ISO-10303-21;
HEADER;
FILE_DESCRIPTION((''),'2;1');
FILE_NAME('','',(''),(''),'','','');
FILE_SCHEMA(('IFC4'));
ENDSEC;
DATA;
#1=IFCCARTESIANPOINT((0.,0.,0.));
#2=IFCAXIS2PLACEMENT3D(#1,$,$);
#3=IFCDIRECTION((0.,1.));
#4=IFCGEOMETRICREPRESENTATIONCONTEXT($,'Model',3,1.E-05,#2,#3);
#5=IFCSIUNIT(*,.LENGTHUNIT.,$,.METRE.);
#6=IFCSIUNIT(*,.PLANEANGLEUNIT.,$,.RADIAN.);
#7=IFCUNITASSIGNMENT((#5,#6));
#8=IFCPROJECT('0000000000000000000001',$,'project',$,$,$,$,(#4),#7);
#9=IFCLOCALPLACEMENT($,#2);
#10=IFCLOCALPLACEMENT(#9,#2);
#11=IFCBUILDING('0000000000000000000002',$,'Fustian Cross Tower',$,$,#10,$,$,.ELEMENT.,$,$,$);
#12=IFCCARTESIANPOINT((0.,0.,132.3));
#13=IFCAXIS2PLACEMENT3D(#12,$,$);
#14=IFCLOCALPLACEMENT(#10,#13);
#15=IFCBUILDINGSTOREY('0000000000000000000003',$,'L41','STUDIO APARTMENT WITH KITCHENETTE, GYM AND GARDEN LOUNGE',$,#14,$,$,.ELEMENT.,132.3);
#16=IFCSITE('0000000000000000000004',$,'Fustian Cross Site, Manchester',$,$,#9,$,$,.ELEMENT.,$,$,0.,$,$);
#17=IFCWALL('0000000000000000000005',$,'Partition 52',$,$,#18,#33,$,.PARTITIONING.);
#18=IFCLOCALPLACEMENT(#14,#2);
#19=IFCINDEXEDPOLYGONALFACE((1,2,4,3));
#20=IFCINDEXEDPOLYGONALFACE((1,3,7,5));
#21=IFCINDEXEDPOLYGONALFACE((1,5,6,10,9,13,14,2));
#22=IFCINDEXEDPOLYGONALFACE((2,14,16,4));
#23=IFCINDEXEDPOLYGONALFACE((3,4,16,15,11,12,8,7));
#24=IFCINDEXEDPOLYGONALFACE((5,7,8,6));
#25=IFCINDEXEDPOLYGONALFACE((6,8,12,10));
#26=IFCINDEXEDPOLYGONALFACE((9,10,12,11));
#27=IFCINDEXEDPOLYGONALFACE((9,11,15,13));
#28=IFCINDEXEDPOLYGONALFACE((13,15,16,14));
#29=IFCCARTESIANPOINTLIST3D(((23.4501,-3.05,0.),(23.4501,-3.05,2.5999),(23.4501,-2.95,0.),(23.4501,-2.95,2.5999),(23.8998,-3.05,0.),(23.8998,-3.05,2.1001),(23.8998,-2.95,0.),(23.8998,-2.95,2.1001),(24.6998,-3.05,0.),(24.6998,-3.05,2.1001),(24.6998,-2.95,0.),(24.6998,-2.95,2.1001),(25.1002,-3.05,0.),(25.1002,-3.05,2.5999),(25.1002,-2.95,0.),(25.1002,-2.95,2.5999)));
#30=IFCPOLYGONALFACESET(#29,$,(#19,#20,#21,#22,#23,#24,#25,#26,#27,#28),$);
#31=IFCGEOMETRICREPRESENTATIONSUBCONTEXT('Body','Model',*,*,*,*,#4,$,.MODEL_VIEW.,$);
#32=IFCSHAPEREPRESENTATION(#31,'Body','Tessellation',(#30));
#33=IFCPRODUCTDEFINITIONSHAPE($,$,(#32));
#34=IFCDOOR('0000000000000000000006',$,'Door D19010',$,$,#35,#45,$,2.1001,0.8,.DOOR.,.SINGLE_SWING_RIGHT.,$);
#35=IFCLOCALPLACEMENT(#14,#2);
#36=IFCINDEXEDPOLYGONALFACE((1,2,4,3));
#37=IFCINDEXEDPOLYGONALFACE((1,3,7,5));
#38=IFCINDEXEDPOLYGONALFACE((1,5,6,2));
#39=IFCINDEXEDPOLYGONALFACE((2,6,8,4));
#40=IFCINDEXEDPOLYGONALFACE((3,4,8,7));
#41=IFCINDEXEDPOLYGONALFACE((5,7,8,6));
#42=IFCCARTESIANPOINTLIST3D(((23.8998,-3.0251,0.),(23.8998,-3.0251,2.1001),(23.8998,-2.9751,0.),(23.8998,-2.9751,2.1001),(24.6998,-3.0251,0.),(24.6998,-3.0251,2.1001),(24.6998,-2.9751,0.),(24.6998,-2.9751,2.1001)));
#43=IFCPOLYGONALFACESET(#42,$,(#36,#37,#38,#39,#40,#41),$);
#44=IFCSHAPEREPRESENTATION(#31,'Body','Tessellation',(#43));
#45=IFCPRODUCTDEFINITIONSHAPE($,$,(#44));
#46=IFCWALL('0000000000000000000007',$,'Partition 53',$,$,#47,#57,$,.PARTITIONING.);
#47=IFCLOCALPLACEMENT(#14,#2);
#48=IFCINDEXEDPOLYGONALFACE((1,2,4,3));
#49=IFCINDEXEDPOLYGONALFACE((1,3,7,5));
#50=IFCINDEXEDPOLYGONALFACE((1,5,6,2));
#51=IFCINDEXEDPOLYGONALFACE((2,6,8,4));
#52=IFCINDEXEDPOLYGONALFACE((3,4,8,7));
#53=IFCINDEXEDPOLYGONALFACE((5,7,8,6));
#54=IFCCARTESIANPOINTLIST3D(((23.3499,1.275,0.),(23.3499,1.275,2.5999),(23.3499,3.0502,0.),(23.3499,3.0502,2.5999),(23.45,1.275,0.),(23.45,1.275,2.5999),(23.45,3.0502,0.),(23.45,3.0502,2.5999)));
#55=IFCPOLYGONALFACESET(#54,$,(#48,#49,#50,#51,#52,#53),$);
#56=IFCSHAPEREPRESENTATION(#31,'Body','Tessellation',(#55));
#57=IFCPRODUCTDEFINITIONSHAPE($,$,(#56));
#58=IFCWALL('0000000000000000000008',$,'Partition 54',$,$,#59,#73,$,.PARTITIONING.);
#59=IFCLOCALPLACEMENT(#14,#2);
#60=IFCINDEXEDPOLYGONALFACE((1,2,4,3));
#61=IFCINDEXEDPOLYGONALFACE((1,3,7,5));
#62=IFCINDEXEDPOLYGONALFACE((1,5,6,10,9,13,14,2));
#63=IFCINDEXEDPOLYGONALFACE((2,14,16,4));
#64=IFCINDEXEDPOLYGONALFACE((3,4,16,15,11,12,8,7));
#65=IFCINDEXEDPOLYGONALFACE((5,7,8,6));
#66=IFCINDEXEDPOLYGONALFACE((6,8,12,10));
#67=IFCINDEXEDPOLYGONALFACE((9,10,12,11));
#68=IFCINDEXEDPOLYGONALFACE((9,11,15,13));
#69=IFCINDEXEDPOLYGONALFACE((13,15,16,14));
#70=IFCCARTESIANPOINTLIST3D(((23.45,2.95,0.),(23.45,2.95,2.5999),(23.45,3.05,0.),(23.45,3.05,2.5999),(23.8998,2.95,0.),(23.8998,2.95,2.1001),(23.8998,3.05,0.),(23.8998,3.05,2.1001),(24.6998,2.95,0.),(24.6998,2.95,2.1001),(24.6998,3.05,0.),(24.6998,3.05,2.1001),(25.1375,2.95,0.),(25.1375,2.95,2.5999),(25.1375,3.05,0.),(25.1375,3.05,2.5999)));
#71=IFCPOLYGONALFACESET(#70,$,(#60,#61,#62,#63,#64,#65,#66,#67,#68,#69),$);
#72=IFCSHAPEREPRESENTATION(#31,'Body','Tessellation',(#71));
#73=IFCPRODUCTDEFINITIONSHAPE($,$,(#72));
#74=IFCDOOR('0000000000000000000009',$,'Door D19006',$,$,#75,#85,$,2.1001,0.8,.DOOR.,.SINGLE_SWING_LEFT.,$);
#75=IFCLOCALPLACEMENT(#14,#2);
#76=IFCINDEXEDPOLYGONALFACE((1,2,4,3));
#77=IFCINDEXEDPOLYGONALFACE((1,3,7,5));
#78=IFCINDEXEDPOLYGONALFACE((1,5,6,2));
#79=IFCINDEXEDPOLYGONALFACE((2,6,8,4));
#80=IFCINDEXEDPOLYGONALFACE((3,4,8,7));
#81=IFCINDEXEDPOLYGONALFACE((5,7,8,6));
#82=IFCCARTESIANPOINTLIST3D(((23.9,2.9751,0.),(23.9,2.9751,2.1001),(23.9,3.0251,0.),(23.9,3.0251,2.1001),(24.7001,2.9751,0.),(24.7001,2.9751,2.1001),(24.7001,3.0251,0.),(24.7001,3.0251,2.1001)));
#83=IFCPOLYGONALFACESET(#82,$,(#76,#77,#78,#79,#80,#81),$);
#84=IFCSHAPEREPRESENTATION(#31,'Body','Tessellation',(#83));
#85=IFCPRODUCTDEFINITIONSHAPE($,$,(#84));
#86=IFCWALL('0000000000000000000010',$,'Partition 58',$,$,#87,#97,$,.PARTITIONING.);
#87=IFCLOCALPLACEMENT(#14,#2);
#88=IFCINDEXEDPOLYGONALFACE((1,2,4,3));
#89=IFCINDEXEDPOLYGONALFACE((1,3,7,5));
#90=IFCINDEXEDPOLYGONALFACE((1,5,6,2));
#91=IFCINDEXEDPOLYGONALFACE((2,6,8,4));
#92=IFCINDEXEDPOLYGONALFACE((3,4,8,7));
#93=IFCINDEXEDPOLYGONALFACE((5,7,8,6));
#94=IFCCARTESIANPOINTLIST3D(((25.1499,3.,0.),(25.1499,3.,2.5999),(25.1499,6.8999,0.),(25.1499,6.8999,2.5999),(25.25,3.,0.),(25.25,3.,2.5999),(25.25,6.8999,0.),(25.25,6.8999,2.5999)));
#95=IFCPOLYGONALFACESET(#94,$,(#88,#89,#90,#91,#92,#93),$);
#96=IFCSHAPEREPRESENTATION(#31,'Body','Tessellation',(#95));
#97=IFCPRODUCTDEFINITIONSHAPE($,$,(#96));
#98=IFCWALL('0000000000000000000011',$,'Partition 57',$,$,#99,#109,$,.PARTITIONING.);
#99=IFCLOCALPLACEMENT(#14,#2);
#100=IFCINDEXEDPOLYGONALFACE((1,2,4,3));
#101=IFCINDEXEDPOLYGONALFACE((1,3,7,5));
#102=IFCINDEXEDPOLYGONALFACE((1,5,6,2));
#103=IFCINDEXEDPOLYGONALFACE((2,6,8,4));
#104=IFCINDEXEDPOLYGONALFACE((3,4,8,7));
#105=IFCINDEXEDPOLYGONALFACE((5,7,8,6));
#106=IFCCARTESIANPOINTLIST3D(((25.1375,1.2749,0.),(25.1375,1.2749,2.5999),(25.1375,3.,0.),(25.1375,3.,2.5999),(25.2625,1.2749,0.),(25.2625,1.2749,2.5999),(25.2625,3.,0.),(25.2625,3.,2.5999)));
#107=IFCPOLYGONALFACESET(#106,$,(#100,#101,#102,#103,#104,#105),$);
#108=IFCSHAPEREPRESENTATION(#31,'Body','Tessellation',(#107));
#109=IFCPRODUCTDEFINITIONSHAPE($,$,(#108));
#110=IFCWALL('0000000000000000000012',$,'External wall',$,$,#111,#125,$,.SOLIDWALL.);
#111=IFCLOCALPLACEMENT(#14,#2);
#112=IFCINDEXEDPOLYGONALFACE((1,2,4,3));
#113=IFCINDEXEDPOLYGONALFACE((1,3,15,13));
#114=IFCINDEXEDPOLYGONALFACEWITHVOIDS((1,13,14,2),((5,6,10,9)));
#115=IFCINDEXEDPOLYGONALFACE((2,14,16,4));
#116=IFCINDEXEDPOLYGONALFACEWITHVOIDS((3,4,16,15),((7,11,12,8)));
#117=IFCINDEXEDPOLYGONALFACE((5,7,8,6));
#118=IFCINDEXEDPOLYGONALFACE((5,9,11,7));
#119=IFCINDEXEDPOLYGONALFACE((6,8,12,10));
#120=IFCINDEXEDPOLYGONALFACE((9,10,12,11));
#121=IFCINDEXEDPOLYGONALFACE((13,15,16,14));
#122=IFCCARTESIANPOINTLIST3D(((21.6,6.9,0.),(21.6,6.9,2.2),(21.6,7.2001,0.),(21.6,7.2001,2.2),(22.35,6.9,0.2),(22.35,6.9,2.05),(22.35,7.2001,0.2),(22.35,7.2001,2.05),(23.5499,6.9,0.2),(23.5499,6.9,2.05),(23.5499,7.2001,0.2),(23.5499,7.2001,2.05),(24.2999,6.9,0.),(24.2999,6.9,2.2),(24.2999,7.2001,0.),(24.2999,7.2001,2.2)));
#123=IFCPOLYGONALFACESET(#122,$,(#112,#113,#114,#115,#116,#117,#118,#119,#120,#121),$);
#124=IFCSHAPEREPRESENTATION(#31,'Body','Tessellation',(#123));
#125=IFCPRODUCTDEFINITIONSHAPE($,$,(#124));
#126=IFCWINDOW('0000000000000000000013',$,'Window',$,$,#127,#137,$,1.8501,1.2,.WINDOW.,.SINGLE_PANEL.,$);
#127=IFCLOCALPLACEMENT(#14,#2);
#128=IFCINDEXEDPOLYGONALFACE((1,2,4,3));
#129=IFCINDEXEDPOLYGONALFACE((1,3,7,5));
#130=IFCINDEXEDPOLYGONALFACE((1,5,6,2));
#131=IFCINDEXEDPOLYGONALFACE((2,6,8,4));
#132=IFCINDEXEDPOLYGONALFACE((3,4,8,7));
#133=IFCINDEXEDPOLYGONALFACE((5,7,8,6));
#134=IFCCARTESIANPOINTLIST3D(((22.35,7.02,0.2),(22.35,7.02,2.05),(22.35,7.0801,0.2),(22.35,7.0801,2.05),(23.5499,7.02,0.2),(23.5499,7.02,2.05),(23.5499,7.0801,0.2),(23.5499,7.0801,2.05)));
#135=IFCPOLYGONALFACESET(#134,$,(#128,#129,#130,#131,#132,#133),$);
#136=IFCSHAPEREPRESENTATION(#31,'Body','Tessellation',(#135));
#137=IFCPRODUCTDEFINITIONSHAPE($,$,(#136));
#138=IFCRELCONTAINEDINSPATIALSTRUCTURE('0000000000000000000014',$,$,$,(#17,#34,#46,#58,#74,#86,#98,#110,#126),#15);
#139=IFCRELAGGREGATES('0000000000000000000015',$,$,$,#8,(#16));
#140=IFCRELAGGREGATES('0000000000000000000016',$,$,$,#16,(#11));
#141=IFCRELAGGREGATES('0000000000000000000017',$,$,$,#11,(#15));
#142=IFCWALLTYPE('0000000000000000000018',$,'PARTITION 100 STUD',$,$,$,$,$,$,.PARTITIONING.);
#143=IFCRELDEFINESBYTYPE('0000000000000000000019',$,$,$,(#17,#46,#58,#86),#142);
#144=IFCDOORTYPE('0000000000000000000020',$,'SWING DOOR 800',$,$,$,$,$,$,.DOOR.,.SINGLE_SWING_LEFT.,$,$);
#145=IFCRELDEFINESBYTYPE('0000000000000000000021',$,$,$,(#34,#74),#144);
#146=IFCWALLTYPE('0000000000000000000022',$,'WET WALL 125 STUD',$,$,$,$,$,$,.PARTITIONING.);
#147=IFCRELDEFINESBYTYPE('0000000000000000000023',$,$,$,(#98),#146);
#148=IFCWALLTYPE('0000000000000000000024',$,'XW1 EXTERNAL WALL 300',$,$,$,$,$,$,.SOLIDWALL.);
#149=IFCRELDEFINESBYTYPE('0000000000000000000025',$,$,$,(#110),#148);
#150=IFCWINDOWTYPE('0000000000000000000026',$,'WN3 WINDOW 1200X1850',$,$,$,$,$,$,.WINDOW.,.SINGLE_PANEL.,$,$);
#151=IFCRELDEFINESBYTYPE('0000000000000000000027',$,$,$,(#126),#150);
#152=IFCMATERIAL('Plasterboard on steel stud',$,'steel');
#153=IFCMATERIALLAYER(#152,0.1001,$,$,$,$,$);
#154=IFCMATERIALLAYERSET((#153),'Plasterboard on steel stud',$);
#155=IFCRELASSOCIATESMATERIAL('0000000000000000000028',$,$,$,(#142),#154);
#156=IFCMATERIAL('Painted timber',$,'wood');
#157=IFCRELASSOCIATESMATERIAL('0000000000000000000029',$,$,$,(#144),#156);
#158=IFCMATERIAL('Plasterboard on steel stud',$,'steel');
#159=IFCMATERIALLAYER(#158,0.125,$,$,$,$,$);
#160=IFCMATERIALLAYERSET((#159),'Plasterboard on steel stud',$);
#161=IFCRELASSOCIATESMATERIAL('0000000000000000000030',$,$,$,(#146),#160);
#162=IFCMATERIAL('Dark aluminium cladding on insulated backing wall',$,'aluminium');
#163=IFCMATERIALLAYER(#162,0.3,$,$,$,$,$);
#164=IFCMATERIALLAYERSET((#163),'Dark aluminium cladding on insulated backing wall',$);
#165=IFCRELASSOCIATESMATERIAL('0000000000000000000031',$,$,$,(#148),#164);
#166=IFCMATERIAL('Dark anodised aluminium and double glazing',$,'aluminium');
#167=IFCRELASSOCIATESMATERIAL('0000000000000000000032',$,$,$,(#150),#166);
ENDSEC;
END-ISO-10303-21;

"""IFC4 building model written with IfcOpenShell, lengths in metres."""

from ifc_helpers import new_model, si_unit, direction, frame, frame_2d, origin, place, context, subcontext, project, spatial, rectangle, extrude, material, layer, layer_set, type_object, element, fill, save


model = new_model("IFC4")

# Units and contexts
model_context = context("Model", 3, precision=1e-05, world=origin(), true_north=direction((0.0, 1.0)))
body_context = subcontext(model_context, "Body", "Model", "MODEL_VIEW")
ifc_project = project(units=[si_unit("LENGTHUNIT", "METRE"), si_unit("PLANEANGLEUNIT", "RADIAN")], contexts=[model_context])

# Site, building, storey
site_placement = place(None, origin())
site = spatial("IfcSite", under=ifc_project, at=site_placement, Name="Fustian Cross Site, Manchester", CompositionType="ELEMENT", RefElevation=0.0)
building_placement = place(site_placement, origin())
building = spatial("IfcBuilding", under=site, at=building_placement, Name="Fustian Cross Tower", CompositionType="ELEMENT")
storey_placement = place(building_placement, frame((0.0, 0.0, 132.3)))
storey = spatial("IfcBuildingStorey", under=building, at=storey_placement, Name="L41", Description="STUDIO APARTMENT WITH KITCHENETTE, GYM AND GARDEN LOUNGE", CompositionType="ELEMENT", Elevation=132.3)

# Wall, opening, door
ifc_material_1 = material(Name="Plasterboard on steel stud", Category="steel")
ifc_layer_1 = layer(ifc_material_1, 0.1001)
ifc_layer_set_1 = layer_set([ifc_layer_1], Name="Plasterboard on steel stud")
wall_type_1 = type_object("IfcWallType", Name="PARTITION 100 STUD", PredefinedType="PARTITIONING", material=ifc_layer_set_1)
wall_1_placement = place(storey_placement, frame((23.45, -3.0, 0.0), z_axis=(0.0, 0.0, 1.0), x_axis=(1.0, 0.0, 0.0)))
wall_1 = element("IfcWall", 1, at=wall_1_placement, inside=storey, type_object=wall_type_1, Name="Partition 52", PredefinedType="PARTITIONING", context=body_context, shape_type="SweptSolid", body=[
    extrude(rectangle(XDim=1.6501, YDim=0.1001, at=frame_2d((0.8252, 0.0))), origin(), (0.0, 0.0, 1.0), 2.5999),
])
opening_1_placement = place(wall_1_placement, frame((0.45, 0.0, 0.0)))
opening_1 = element("IfcOpeningElement", 2, at=opening_1_placement, cuts=wall_1, PredefinedType="OPENING", context=body_context, shape_type="SweptSolid", body=[
    extrude(rectangle(XDim=0.8, YDim=2.1001, at=frame_2d((0.3999, 1.05))), frame((0.0, 0.0601, 0.0), z_axis=(0.0, -1.0, 0.0), x_axis=(1.0, 0.0, 0.0)), (0.0, 0.0, 1.0), 0.1201),
])
ifc_material_2 = material(Name="Painted timber", Category="wood")
door_type_1 = type_object("IfcDoorType", Name="SWING DOOR 800", OperationType="SINGLE_SWING_LEFT", PredefinedType="DOOR", material=ifc_material_2)
door_1_placement = place(opening_1_placement, origin())
door_1 = element("IfcDoor", 3, at=door_1_placement, inside=storey, type_object=door_type_1, Name="Door D19010", OperationType="SINGLE_SWING_RIGHT", OverallHeight=2.1001, OverallWidth=0.8, PredefinedType="DOOR", context=body_context, shape_type="SweptSolid", body=[
    extrude(rectangle(XDim=0.8, YDim=2.1001, at=frame_2d((0.3999, 1.05))), frame((0.0, 0.0249, 0.0), z_axis=(0.0, -1.0, 0.0), x_axis=(1.0, 0.0, 0.0)), (0.0, 0.0, 1.0), 0.05),
])
fill(opening_1, door_1)

# Wall
wall_2_placement = place(storey_placement, frame((23.3999, 1.2749, 0.0), z_axis=(0.0, 0.0, 1.0), x_axis=(0.0, 1.0, 0.0)))
element("IfcWall", 4, at=wall_2_placement, inside=storey, type_object=wall_type_1, Name="Partition 53", PredefinedType="PARTITIONING", context=body_context, shape_type="SweptSolid", body=[
    extrude(rectangle(XDim=1.7751, YDim=0.1001, at=frame_2d((0.8877, 0.0))), origin(), (0.0, 0.0, 1.0), 2.5999),
])

# Wall, opening, door
wall_3_placement = place(storey_placement, frame((23.45, 3.0, 0.0), z_axis=(0.0, 0.0, 1.0), x_axis=(1.0, 0.0, 0.0)))
wall_3 = element("IfcWall", 5, at=wall_3_placement, inside=storey, type_object=wall_type_1, Name="Partition 54", PredefinedType="PARTITIONING", context=body_context, shape_type="SweptSolid", body=[
    extrude(rectangle(XDim=1.6875, YDim=0.1001, at=frame_2d((0.8438, 0.0))), origin(), (0.0, 0.0, 1.0), 2.5999),
])
opening_2_placement = place(wall_3_placement, frame((0.45, 0.0, 0.0)))
opening_2 = element("IfcOpeningElement", 6, at=opening_2_placement, cuts=wall_3, PredefinedType="OPENING", context=body_context, shape_type="SweptSolid", body=[
    extrude(rectangle(XDim=0.8, YDim=2.1001, at=frame_2d((0.3999, 1.05))), frame((0.0, 0.0601, 0.0), z_axis=(0.0, -1.0, 0.0), x_axis=(1.0, 0.0, 0.0)), (0.0, 0.0, 1.0), 0.1201),
])
door_2_placement = place(opening_2_placement, frame((0.8, 0.0, 0.0), z_axis=(0.0, 0.0, 1.0), x_axis=(-1.0, 0.0, 0.0)))
door_2 = element("IfcDoor", 7, at=door_2_placement, inside=storey, type_object=door_type_1, Name="Door D19006", OperationType="SINGLE_SWING_LEFT", OverallHeight=2.1001, OverallWidth=0.8, PredefinedType="DOOR", context=body_context, shape_type="SweptSolid", body=[
    extrude(rectangle(XDim=0.8, YDim=2.1001, at=frame_2d((0.3999, 1.05))), frame((0.0, 0.0249, 0.0), z_axis=(0.0, -1.0, 0.0), x_axis=(1.0, 0.0, 0.0)), (0.0, 0.0, 1.0), 0.05),
])
fill(opening_2, door_2)

# Walls
wall_4_placement = place(storey_placement, frame((25.2, 3.0, 0.0), z_axis=(0.0, 0.0, 1.0), x_axis=(0.0, 1.0, 0.0)))
element("IfcWall", 8, at=wall_4_placement, inside=storey, type_object=wall_type_1, Name="Partition 58", PredefinedType="PARTITIONING", context=body_context, shape_type="SweptSolid", body=[
    extrude(rectangle(XDim=3.8999, YDim=0.1001, at=frame_2d((1.95, 0.0))), origin(), (0.0, 0.0, 1.0), 2.5999),
])
ifc_material_3 = material(Name="Plasterboard on steel stud", Category="steel")
ifc_layer_2 = layer(ifc_material_3, 0.125)
ifc_layer_set_2 = layer_set([ifc_layer_2], Name="Plasterboard on steel stud")
wall_type_2 = type_object("IfcWallType", Name="WET WALL 125 STUD", PredefinedType="PARTITIONING", material=ifc_layer_set_2)
wall_5_placement = place(storey_placement, frame((25.2, 1.2749, 0.0), z_axis=(0.0, 0.0, 1.0), x_axis=(0.0, 1.0, 0.0)))
element("IfcWall", 9, at=wall_5_placement, inside=storey, type_object=wall_type_2, Name="Partition 57", PredefinedType="PARTITIONING", context=body_context, shape_type="SweptSolid", body=[
    extrude(rectangle(XDim=1.7251, YDim=0.125, at=frame_2d((0.8625, 0.0))), origin(), (0.0, 0.0, 1.0), 2.5999),
])

# Wall, opening, window
ifc_material_4 = material(Name="Dark aluminium cladding on insulated backing wall", Category="aluminium")
ifc_layer_3 = layer(ifc_material_4, 0.3)
ifc_layer_set_3 = layer_set([ifc_layer_3], Name="Dark aluminium cladding on insulated backing wall")
wall_type_3 = type_object("IfcWallType", Name="XW1 EXTERNAL WALL 300", PredefinedType="SOLIDWALL", material=ifc_layer_set_3)
wall_6_placement = place(storey_placement, frame((24.3, 7.05, 0.0), z_axis=(0.0, 0.0, 1.0), x_axis=(-1.0, 0.0, 0.0)))
wall_6 = element("IfcWall", 10, at=wall_6_placement, inside=storey, type_object=wall_type_3, Name="External wall", PredefinedType="SOLIDWALL", context=body_context, shape_type="SweptSolid", body=[
    extrude(rectangle(XDim=2.7, YDim=0.3, at=frame_2d((1.3501, 0.0))), origin(), (0.0, 0.0, 1.0), 2.2),
])
opening_3_placement = place(wall_6_placement, frame((0.75, 0.0, 0.2)))
opening_3 = element("IfcOpeningElement", 11, at=opening_3_placement, cuts=wall_6, PredefinedType="OPENING", context=body_context, shape_type="SweptSolid", body=[
    extrude(rectangle(XDim=1.2, YDim=1.8501, at=frame_2d((0.6001, 0.925))), frame((0.0, 0.1599, 0.0), z_axis=(0.0, -1.0, 0.0), x_axis=(1.0, 0.0, 0.0)), (0.0, 0.0, 1.0), 0.3201),
])
ifc_material_5 = material(Name="Dark anodised aluminium and double glazing", Category="aluminium")
window_type = type_object("IfcWindowType", Name="WN3 WINDOW 1200X1850", PartitioningType="SINGLE_PANEL", PredefinedType="WINDOW", material=ifc_material_5)
window_placement = place(opening_3_placement, origin())
window = element("IfcWindow", 12, at=window_placement, inside=storey, type_object=window_type, Name="Window", OverallHeight=1.8501, OverallWidth=1.2, PartitioningType="SINGLE_PANEL", PredefinedType="WINDOW", context=body_context, shape_type="SweptSolid", body=[
    extrude(rectangle(XDim=1.2, YDim=1.8501, at=frame_2d((0.6001, 0.925))), frame((0.0, 0.03, 0.0), z_axis=(0.0, -1.0, 0.0), x_axis=(1.0, 0.0, 0.0)), (0.0, 0.0, 1.0), 0.0601),
])
fill(opening_3, window)

save(model, "model.ifc")
